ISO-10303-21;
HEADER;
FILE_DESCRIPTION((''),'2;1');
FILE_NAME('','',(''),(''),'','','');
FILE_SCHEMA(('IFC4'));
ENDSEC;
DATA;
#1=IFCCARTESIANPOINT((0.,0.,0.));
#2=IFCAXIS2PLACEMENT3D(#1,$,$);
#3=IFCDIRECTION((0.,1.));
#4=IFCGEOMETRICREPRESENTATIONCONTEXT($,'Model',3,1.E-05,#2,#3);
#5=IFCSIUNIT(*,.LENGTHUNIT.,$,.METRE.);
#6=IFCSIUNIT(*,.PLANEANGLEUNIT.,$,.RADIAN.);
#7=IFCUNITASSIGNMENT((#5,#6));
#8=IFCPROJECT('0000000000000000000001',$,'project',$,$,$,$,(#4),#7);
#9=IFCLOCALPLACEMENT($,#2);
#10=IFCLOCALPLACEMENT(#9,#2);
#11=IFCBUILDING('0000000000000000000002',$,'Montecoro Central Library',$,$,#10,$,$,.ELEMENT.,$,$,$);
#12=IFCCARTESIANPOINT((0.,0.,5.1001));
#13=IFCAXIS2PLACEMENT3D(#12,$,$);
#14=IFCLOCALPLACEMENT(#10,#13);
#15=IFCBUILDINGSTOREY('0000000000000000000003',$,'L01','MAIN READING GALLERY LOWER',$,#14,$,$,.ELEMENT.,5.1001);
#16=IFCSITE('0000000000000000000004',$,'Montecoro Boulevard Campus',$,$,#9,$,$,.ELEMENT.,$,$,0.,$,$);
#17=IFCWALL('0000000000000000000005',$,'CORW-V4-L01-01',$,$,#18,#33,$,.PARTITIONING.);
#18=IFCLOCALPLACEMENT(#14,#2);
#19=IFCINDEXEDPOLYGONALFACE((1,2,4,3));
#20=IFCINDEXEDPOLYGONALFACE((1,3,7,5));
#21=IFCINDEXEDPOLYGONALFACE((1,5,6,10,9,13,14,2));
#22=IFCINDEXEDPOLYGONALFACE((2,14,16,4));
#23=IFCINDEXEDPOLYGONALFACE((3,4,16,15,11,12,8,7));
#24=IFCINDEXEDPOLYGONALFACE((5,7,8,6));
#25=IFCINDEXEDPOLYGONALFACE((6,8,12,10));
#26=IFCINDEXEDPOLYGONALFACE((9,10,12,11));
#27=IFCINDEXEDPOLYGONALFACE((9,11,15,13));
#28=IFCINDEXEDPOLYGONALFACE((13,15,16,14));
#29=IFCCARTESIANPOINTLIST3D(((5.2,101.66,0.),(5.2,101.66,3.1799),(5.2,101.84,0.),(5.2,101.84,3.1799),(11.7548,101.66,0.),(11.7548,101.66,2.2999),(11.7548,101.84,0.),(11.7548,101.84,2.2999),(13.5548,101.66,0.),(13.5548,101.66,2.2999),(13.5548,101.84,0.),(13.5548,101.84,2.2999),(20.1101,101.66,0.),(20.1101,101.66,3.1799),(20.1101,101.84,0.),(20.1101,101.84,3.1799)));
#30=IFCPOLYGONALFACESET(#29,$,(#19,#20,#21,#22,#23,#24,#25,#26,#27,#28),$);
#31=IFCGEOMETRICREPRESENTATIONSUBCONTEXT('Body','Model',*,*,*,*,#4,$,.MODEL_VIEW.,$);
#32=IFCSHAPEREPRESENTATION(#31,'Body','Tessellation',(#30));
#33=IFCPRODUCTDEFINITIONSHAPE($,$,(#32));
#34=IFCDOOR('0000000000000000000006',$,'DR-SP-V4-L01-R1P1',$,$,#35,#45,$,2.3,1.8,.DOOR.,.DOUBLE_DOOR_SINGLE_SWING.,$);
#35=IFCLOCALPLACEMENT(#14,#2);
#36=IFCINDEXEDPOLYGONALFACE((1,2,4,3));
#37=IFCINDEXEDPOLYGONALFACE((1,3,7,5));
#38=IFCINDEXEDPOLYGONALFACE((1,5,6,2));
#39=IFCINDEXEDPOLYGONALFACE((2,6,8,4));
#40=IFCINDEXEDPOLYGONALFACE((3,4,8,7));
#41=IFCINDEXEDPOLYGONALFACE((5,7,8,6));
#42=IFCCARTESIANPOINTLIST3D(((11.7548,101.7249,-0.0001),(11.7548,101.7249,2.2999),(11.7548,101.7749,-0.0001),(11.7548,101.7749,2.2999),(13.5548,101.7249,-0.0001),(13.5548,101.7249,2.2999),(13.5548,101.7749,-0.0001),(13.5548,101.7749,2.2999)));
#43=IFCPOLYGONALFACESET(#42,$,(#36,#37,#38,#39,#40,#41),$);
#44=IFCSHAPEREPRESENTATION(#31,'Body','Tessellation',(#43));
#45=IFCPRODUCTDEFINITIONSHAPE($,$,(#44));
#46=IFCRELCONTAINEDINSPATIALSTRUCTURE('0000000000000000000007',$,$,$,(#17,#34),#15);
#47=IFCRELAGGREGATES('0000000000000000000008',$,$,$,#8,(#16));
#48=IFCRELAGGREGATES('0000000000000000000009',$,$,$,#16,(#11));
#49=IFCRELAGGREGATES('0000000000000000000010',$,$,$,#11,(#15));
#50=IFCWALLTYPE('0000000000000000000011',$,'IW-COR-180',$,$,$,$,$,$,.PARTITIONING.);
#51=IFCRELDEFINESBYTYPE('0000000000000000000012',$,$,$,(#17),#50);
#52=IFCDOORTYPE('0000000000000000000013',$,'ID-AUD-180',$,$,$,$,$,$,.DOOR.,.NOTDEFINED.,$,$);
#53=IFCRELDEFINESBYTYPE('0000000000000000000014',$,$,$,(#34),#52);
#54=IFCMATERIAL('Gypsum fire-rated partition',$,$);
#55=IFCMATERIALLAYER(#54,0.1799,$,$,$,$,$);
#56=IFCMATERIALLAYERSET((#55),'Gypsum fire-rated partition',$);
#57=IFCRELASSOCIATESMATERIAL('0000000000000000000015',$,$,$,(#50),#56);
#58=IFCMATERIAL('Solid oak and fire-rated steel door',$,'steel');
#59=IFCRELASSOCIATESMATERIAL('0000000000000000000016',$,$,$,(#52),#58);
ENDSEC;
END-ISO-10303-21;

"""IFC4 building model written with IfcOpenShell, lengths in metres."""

from ifc_helpers import new_model, si_unit, direction, frame, frame_2d, origin, place, context, subcontext, project, spatial, rectangle, extrude, material, layer, layer_set, type_object, element, fill, save


model = new_model("IFC4")

# Units and contexts
model_context = context("Model", 3, precision=1e-05, world=origin(), true_north=direction((0.0, 1.0)))
body_context = subcontext(model_context, "Body", "Model", "MODEL_VIEW")
ifc_project = project(units=[si_unit("LENGTHUNIT", "METRE"), si_unit("PLANEANGLEUNIT", "RADIAN")], contexts=[model_context])

# Site, building, storey
site_placement = place(None, origin())
site = spatial("IfcSite", under=ifc_project, at=site_placement, Name="Montecoro Boulevard Campus", CompositionType="ELEMENT", RefElevation=0.0)
building_placement = place(site_placement, origin())
building = spatial("IfcBuilding", under=site, at=building_placement, Name="Montecoro Central Library", CompositionType="ELEMENT")
storey_placement = place(building_placement, frame((0.0, 0.0, 5.1001)))
storey = spatial("IfcBuildingStorey", under=building, at=storey_placement, Name="L01", Description="MAIN READING GALLERY LOWER", CompositionType="ELEMENT", Elevation=5.1001)

# Wall, opening, door
ifc_material_1 = material(Name="Gypsum fire-rated partition")
ifc_layer_1 = layer(ifc_material_1, 0.1799)
ifc_layer_set_1 = layer_set([ifc_layer_1], Name="Gypsum fire-rated partition")
wall_type = type_object("IfcWallType", Name="IW-COR-180", PredefinedType="PARTITIONING", material=ifc_layer_set_1)
wall_placement = place(storey_placement, frame((5.2, 101.75, 0.0), z_axis=(0.0, 0.0, 1.0), x_axis=(1.0, 0.0, 0.0)))
wall = element("IfcWall", 1, at=wall_placement, inside=storey, type_object=wall_type, Name="CORW-V4-L01-01", PredefinedType="PARTITIONING", context=body_context, shape_type="SweptSolid", body=[
    extrude(rectangle(XDim=14.9102, YDim=0.1799, at=frame_2d((7.4551, 0.0))), origin(), (0.0, 0.0, 1.0), 3.1799),
])
opening_placement = place(wall_placement, frame((6.5549, 0.0, 0.0)))
opening = element("IfcOpeningElement", 2, at=opening_placement, cuts=wall, PredefinedType="OPENING", context=body_context, shape_type="SweptSolid", body=[
    extrude(rectangle(XDim=1.8, YDim=2.3, at=frame_2d((0.8999, 1.1499))), frame((0.0, 0.0999, 0.0), z_axis=(0.0, -1.0, 0.0), x_axis=(1.0, 0.0, 0.0)), (0.0, 0.0, 1.0), 0.2),
])
ifc_material_2 = material(Name="Solid oak and fire-rated steel door", Category="steel")
door_type = type_object("IfcDoorType", Name="ID-AUD-180", OperationType="NOTDEFINED", PredefinedType="DOOR", material=ifc_material_2)
door_placement = place(opening_placement, origin())
door = element("IfcDoor", 3, at=door_placement, inside=storey, type_object=door_type, Name="DR-SP-V4-L01-R1P1", OperationType="DOUBLE_DOOR_SINGLE_SWING", OverallHeight=2.3, OverallWidth=1.8, PredefinedType="DOOR", context=body_context, shape_type="SweptSolid", body=[
    extrude(rectangle(XDim=1.8, YDim=2.3, at=frame_2d((0.8999, 1.1499))), frame((0.0, 0.0249, 0.0), z_axis=(0.0, -1.0, 0.0), x_axis=(1.0, 0.0, 0.0)), (0.0, 0.0, 1.0), 0.05),
])
fill(opening, door)

save(model, "model.ifc")
